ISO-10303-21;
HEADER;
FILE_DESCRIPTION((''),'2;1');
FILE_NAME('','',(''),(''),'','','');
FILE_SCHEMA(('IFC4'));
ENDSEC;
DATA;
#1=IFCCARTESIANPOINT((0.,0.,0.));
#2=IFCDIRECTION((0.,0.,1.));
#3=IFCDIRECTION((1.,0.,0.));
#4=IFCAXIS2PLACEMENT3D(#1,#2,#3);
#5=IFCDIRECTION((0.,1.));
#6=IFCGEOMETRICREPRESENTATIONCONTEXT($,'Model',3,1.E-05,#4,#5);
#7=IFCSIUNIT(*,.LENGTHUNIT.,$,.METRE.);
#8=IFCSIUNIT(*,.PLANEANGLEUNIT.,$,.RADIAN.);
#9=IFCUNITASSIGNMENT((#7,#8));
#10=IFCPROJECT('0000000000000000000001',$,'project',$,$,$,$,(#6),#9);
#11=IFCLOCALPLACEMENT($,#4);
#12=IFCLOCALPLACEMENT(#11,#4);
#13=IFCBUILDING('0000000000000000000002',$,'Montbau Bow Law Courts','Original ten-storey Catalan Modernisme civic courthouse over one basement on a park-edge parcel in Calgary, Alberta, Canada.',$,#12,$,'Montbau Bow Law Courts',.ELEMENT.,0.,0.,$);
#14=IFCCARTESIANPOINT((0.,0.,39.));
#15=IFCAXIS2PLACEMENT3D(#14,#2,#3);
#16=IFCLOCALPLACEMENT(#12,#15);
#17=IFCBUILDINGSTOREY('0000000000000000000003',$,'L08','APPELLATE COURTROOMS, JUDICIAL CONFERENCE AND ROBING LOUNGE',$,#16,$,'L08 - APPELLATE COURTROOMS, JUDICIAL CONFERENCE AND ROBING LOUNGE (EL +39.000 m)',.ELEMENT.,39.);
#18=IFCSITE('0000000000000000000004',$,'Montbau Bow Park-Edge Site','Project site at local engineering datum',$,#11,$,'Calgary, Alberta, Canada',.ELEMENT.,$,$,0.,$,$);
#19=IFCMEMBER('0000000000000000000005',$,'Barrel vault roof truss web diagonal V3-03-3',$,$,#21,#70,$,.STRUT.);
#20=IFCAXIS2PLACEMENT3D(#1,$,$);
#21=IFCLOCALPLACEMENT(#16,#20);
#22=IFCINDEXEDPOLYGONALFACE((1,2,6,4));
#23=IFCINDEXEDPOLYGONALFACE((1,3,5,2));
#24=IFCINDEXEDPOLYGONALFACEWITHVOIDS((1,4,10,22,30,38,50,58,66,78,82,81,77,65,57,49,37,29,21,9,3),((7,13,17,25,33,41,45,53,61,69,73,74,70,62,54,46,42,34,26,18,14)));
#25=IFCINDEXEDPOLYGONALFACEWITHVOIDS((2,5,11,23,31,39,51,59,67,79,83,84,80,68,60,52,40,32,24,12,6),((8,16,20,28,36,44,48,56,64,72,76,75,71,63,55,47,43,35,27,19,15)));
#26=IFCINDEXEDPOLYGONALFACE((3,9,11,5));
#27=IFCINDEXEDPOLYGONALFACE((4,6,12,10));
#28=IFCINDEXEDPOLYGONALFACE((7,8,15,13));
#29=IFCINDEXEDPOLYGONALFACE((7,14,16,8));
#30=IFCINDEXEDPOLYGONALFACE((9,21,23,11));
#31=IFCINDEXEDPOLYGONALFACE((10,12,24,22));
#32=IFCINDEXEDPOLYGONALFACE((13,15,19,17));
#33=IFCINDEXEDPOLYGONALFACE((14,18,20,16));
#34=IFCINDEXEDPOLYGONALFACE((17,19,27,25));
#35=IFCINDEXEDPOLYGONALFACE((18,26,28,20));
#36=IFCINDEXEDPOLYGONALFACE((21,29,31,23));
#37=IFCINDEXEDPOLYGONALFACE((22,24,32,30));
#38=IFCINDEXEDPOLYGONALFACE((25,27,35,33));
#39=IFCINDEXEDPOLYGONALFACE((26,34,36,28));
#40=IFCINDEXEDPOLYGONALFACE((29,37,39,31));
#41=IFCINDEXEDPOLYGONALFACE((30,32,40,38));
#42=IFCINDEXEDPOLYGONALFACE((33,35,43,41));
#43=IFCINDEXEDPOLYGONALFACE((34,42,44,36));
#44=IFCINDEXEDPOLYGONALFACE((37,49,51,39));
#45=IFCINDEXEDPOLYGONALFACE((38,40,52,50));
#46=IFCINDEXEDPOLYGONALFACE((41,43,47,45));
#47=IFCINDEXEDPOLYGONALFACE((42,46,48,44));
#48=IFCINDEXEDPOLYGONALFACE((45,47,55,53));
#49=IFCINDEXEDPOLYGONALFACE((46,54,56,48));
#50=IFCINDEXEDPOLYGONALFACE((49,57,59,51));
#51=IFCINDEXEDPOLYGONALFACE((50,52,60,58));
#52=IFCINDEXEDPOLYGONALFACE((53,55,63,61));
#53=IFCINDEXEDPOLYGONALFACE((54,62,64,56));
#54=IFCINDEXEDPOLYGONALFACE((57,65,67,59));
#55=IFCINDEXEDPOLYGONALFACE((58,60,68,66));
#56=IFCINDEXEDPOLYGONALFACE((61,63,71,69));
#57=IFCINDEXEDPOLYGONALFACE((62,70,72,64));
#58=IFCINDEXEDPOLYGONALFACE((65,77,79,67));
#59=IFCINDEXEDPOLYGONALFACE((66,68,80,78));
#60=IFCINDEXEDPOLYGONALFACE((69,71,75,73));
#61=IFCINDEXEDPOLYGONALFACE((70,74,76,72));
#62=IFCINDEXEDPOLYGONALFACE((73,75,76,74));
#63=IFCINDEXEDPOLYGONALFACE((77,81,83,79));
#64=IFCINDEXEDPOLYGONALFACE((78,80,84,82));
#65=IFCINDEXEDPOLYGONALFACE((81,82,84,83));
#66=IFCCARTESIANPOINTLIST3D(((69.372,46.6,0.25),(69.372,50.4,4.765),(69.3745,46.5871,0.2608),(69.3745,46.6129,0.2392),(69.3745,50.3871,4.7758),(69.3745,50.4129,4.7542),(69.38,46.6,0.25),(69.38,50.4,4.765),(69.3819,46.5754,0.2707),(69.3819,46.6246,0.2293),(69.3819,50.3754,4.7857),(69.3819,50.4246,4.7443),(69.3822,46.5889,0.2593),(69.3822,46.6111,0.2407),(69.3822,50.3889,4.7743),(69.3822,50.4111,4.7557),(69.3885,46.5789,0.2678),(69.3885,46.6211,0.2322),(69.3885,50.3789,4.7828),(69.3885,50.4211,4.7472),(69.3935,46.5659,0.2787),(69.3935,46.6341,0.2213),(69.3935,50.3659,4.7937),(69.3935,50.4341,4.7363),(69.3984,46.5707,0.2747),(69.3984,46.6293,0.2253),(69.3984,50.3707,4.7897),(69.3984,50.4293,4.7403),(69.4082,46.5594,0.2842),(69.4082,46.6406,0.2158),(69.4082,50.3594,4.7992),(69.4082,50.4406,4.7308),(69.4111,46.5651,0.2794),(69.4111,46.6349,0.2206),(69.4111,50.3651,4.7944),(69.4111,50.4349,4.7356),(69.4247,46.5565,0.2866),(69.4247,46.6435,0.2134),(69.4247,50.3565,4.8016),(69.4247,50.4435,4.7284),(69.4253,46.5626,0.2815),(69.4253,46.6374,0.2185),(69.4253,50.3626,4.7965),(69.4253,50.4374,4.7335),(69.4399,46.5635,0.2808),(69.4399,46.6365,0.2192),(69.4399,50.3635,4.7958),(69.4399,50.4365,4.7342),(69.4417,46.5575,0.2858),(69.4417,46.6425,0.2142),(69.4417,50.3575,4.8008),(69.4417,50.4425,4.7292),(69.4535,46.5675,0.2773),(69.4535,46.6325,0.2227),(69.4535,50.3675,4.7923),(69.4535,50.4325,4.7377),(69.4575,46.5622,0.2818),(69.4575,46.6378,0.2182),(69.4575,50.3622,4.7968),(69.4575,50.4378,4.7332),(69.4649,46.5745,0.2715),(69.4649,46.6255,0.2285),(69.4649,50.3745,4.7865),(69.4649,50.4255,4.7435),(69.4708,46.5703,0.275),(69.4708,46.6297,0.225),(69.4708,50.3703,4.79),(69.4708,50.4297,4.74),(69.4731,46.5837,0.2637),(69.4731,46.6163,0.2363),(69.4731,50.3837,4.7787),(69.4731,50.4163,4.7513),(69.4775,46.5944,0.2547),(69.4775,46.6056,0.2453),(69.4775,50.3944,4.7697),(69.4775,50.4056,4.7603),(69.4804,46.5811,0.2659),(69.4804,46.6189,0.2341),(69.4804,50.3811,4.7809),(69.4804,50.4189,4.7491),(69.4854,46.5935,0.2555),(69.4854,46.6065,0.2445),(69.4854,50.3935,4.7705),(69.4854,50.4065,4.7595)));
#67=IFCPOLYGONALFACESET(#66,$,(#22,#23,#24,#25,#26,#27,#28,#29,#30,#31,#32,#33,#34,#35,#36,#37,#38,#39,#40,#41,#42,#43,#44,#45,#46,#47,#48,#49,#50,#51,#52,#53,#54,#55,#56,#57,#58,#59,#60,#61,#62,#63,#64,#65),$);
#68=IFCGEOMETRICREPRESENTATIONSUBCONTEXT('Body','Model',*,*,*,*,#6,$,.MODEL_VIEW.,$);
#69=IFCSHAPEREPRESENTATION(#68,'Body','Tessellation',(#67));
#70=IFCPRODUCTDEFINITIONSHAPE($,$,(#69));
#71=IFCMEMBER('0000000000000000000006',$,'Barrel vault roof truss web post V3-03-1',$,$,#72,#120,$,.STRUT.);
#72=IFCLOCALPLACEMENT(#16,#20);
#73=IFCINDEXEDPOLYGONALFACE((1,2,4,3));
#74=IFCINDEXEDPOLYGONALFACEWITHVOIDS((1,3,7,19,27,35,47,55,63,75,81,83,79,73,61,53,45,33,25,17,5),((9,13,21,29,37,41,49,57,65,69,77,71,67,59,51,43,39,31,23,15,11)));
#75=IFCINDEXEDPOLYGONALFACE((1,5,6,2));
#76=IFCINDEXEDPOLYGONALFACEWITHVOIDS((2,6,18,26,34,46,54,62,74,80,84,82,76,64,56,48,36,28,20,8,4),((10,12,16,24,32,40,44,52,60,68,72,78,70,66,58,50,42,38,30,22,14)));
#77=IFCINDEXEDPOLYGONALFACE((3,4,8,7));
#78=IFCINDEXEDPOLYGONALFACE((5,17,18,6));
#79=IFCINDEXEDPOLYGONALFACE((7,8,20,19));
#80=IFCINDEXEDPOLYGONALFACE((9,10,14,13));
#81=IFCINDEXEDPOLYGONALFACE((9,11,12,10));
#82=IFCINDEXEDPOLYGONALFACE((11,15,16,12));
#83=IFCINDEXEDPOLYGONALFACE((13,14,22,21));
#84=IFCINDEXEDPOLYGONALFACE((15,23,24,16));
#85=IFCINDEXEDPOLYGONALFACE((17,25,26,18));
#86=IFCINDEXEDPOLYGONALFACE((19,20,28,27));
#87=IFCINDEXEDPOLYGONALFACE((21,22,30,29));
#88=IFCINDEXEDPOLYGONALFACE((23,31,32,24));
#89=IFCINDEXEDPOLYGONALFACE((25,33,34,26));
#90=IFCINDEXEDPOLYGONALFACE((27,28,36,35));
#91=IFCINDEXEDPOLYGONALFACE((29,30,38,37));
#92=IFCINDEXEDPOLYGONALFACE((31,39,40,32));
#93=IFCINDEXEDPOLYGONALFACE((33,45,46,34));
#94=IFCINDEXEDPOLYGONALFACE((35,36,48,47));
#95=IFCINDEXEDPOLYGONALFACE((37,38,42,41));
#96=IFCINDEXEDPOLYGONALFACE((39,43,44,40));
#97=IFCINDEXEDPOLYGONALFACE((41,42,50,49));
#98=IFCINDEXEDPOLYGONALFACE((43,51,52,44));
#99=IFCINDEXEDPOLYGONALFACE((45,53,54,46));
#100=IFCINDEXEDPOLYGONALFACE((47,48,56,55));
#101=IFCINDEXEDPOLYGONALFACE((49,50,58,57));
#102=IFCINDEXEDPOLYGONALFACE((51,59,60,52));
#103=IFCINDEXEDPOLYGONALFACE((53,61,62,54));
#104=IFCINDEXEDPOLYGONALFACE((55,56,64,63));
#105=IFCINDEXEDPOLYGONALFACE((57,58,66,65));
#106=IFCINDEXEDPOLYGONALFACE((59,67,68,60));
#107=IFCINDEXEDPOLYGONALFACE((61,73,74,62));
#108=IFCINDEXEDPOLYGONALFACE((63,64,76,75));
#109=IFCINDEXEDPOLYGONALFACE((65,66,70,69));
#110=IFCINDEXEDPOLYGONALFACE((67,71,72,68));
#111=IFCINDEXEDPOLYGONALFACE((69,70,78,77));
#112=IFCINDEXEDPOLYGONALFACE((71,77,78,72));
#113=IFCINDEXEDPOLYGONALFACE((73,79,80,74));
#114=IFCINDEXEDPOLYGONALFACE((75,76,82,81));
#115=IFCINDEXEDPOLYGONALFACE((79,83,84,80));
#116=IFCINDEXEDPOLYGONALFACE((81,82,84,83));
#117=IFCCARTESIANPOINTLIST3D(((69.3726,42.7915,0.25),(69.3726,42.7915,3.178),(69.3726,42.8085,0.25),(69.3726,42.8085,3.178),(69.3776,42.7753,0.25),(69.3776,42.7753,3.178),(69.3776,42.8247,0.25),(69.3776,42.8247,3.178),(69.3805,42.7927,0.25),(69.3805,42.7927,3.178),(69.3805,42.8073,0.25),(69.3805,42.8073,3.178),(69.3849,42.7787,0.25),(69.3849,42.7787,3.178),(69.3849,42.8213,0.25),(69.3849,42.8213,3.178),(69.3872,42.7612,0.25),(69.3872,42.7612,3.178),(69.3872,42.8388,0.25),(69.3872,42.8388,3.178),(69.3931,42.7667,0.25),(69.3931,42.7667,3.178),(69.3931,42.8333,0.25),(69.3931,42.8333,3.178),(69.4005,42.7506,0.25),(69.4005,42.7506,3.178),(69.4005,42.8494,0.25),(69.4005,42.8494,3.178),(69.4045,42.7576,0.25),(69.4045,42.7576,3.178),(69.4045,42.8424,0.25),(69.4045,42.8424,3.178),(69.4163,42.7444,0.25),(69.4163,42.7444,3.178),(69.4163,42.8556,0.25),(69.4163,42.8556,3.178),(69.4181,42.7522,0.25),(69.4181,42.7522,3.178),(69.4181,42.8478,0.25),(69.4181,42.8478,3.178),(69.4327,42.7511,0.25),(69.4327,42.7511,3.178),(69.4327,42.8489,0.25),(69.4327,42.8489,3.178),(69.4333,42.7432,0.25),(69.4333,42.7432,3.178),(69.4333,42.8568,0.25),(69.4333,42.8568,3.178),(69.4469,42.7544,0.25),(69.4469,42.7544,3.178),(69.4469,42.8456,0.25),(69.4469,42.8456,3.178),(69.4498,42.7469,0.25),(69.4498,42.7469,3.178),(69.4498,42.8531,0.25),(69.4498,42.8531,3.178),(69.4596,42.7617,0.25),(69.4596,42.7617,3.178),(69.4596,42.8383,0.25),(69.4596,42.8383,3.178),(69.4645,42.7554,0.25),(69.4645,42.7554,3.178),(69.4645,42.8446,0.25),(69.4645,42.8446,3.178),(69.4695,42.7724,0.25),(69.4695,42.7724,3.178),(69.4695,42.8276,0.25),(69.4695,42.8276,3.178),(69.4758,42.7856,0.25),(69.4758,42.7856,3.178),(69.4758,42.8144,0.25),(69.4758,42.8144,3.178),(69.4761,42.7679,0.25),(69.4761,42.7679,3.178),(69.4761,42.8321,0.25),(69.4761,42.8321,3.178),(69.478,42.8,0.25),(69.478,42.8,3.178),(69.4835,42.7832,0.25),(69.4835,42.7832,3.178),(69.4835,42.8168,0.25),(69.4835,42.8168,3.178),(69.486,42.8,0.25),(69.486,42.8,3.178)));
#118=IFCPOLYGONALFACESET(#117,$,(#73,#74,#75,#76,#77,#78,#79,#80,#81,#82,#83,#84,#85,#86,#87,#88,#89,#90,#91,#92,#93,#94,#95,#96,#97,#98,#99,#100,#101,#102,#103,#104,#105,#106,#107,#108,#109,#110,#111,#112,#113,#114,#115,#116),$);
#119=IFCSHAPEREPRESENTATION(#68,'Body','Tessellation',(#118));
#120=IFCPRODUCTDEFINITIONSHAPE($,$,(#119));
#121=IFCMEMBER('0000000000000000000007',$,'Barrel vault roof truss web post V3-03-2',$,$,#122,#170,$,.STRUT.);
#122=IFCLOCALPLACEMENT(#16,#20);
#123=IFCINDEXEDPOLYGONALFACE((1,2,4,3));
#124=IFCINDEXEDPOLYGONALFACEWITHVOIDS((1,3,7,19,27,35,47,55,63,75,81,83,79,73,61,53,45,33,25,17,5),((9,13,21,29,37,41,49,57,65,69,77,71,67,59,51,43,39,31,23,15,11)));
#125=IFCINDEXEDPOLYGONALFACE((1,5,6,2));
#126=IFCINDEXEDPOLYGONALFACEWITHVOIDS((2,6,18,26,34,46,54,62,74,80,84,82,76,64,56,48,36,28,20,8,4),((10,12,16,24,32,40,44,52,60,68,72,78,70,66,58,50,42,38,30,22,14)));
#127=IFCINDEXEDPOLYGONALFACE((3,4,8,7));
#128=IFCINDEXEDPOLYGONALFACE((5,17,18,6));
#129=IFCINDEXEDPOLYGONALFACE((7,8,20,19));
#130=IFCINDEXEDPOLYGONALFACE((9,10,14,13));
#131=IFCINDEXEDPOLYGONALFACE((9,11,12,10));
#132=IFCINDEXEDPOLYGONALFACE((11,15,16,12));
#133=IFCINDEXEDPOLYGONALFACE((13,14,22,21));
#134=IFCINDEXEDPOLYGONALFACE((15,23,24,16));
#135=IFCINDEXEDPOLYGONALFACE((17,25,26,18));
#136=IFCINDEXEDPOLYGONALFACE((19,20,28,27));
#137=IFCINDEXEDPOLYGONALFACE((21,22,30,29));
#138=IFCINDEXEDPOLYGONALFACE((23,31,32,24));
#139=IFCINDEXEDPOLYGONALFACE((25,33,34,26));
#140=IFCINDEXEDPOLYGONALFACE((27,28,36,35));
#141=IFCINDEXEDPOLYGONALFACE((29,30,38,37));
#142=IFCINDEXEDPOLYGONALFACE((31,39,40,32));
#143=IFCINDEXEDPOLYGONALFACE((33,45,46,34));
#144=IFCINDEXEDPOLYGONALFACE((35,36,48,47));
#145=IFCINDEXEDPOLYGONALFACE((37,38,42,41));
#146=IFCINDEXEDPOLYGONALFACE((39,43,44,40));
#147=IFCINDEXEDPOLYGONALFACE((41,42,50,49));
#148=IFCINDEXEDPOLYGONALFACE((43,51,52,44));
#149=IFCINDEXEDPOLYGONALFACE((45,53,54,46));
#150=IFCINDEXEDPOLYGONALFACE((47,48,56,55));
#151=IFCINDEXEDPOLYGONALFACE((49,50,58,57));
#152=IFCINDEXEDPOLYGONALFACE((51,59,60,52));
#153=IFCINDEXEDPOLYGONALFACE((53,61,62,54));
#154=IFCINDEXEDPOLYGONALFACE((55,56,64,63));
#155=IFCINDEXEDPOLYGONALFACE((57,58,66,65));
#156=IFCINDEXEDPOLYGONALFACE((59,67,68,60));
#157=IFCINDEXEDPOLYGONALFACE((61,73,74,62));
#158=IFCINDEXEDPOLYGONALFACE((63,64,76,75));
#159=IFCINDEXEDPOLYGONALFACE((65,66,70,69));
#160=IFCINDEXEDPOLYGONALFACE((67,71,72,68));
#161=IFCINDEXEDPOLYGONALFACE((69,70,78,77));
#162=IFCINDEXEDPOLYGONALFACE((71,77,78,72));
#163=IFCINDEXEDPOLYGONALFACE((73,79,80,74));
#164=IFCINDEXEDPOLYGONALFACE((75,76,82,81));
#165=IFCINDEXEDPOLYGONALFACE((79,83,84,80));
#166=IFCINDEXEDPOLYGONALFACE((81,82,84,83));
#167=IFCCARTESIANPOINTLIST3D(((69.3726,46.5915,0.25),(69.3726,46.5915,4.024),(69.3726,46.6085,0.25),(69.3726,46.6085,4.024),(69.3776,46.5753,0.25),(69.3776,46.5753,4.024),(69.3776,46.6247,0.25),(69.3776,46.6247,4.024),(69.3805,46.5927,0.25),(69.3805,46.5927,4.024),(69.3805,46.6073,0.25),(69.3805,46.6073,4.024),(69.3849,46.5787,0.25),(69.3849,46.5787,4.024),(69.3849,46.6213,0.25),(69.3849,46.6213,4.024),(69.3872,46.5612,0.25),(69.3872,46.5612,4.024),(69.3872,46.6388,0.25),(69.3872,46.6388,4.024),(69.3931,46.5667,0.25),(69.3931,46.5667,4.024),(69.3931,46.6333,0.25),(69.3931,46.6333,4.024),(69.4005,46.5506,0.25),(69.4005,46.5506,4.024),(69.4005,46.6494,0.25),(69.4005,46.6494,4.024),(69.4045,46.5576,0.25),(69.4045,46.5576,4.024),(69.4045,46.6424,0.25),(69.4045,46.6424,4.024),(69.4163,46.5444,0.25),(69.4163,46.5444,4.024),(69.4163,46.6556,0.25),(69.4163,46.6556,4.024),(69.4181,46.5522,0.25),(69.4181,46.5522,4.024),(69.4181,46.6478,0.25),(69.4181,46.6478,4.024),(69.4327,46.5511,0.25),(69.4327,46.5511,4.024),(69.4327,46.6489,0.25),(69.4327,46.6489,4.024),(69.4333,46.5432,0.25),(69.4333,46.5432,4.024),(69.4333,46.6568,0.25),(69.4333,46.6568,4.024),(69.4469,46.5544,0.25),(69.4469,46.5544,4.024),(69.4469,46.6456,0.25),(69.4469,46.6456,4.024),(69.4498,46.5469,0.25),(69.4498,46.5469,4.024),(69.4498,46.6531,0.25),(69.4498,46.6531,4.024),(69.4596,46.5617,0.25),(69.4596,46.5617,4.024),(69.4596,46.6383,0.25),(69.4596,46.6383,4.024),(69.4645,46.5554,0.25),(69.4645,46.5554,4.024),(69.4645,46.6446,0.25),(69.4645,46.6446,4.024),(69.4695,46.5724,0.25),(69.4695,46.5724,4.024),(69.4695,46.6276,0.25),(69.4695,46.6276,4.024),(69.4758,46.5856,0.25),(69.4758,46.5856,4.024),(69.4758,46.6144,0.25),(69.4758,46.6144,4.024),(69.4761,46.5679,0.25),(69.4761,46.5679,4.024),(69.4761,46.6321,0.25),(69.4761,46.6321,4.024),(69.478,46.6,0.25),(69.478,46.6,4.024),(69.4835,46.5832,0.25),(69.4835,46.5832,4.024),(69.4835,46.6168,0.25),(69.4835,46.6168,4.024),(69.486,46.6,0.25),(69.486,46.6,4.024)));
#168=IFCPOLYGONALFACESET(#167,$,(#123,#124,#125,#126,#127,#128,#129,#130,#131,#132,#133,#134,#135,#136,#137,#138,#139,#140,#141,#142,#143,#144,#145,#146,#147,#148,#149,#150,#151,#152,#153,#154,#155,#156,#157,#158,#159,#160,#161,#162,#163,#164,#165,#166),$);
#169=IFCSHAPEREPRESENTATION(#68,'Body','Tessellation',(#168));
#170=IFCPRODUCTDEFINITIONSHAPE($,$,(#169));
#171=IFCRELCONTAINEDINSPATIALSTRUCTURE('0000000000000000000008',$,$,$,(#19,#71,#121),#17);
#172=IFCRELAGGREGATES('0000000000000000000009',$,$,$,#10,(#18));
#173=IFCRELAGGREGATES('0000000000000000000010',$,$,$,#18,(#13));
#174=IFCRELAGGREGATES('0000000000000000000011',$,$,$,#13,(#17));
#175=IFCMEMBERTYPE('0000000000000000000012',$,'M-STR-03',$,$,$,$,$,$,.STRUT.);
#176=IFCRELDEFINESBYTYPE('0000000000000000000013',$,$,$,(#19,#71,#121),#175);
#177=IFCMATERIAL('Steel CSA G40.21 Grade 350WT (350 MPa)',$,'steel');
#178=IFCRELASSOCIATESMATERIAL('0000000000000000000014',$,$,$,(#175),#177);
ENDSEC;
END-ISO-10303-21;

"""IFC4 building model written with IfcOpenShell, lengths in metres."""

from ifc_helpers import new_model, si_unit, direction, frame, origin_with_axes, origin_2d_with_axis, place, context, subcontext, project, spatial, hollow_circle, extrude, material, material_profile, profile_set, type_object, element, save


model = new_model("IFC4")

# Units and contexts
model_context = context("Model", 3, precision=1e-05, world=origin_with_axes(), true_north=direction((0.0, 1.0)))
body_context = subcontext(model_context, "Body", "Model", "MODEL_VIEW")
ifc_project = project(units=[si_unit("LENGTHUNIT", "METRE"), si_unit("PLANEANGLEUNIT", "RADIAN")], contexts=[model_context])

# Site, building, storey
site_placement = place(None, origin_with_axes())
site = spatial("IfcSite", under=ifc_project, at=site_placement, Name="Montbau Bow Park-Edge Site", Description="Project site at local engineering datum", LongName="Calgary, Alberta, Canada", CompositionType="ELEMENT", RefElevation=0.0)
building_placement = place(site_placement, origin_with_axes())
building = spatial("IfcBuilding", under=site, at=building_placement, Name="Montbau Bow Law Courts", Description="Original ten-storey Catalan Modernisme civic courthouse over one basement on a park-edge parcel in Calgary, Alberta, Canada.", LongName="Montbau Bow Law Courts", CompositionType="ELEMENT", ElevationOfRefHeight=0.0, ElevationOfTerrain=0.0)
storey_placement = place(building_placement, frame((0.0, 0.0, 39.0), z_axis=(0.0, 0.0, 1.0), x_axis=(1.0, 0.0, 0.0)))
storey = spatial("IfcBuildingStorey", under=building, at=storey_placement, Name="L08", Description="APPELLATE COURTROOMS, JUDICIAL CONFERENCE AND ROBING LOUNGE", LongName="L08 - APPELLATE COURTROOMS, JUDICIAL CONFERENCE AND ROBING LOUNGE (EL +39.000 m)", CompositionType="ELEMENT", Elevation=39.0)

# Shared definitions
ifc_material_1 = material(Name="Steel CSA G40.21 Grade 350WT (350 MPa)", Category="steel")

# Members
ifc_material_profile_1 = material_profile(ifc_material_1, hollow_circle(Radius=0.057, WallThickness=0.008, at=origin_2d_with_axis()), Name="HSS114X8.0", Category="Main", Priority=0)
ifc_profile_set_1 = profile_set([ifc_material_profile_1], Name="Steel CSA G40.21 Grade 350WT (350 MPa)")
member_type_1 = type_object("IfcMemberType", Name="M-STR-03", PredefinedType="STRUT", material=ifc_profile_set_1)
member_1_placement = place(None, frame((69.429, 46.6, 39.25), z_axis=(0.0, 0.643927, 0.765087), x_axis=(-1.0, 0.0, 0.0)))
element("IfcMember", 1, at=member_1_placement, inside=storey, type_object=member_type_1, Name="Barrel vault roof truss web diagonal V3-03-3", PredefinedType="STRUT", context=body_context, shape_type="SweptSolid", body=[
    extrude(hollow_circle(Radius=0.057, WallThickness=0.008, at=origin_2d_with_axis()), origin_with_axes(), (0.0, 0.0, 1.0), 5.9013),
])
member_2_placement = place(None, frame((69.429, 42.8, 39.25), z_axis=(0.0, 0.0, 1.0), x_axis=(1.0, 0.0, 0.0)))
element("IfcMember", 2, at=member_2_placement, inside=storey, type_object=member_type_1, Name="Barrel vault roof truss web post V3-03-1", PredefinedType="STRUT", context=body_context, shape_type="SweptSolid", body=[
    extrude(hollow_circle(Radius=0.057, WallThickness=0.008, at=origin_2d_with_axis()), origin_with_axes(), (0.0, 0.0, 1.0), 2.928),
])
member_3_placement = place(None, frame((69.429, 46.6, 39.25), z_axis=(0.0, 0.0, 1.0), x_axis=(1.0, 0.0, 0.0)))
element("IfcMember", 3, at=member_3_placement, inside=storey, type_object=member_type_1, Name="Barrel vault roof truss web post V3-03-2", PredefinedType="STRUT", context=body_context, shape_type="SweptSolid", body=[
    extrude(hollow_circle(Radius=0.057, WallThickness=0.008, at=origin_2d_with_axis()), origin_with_axes(), (0.0, 0.0, 1.0), 3.774),
])

save(model, "model.ifc")
